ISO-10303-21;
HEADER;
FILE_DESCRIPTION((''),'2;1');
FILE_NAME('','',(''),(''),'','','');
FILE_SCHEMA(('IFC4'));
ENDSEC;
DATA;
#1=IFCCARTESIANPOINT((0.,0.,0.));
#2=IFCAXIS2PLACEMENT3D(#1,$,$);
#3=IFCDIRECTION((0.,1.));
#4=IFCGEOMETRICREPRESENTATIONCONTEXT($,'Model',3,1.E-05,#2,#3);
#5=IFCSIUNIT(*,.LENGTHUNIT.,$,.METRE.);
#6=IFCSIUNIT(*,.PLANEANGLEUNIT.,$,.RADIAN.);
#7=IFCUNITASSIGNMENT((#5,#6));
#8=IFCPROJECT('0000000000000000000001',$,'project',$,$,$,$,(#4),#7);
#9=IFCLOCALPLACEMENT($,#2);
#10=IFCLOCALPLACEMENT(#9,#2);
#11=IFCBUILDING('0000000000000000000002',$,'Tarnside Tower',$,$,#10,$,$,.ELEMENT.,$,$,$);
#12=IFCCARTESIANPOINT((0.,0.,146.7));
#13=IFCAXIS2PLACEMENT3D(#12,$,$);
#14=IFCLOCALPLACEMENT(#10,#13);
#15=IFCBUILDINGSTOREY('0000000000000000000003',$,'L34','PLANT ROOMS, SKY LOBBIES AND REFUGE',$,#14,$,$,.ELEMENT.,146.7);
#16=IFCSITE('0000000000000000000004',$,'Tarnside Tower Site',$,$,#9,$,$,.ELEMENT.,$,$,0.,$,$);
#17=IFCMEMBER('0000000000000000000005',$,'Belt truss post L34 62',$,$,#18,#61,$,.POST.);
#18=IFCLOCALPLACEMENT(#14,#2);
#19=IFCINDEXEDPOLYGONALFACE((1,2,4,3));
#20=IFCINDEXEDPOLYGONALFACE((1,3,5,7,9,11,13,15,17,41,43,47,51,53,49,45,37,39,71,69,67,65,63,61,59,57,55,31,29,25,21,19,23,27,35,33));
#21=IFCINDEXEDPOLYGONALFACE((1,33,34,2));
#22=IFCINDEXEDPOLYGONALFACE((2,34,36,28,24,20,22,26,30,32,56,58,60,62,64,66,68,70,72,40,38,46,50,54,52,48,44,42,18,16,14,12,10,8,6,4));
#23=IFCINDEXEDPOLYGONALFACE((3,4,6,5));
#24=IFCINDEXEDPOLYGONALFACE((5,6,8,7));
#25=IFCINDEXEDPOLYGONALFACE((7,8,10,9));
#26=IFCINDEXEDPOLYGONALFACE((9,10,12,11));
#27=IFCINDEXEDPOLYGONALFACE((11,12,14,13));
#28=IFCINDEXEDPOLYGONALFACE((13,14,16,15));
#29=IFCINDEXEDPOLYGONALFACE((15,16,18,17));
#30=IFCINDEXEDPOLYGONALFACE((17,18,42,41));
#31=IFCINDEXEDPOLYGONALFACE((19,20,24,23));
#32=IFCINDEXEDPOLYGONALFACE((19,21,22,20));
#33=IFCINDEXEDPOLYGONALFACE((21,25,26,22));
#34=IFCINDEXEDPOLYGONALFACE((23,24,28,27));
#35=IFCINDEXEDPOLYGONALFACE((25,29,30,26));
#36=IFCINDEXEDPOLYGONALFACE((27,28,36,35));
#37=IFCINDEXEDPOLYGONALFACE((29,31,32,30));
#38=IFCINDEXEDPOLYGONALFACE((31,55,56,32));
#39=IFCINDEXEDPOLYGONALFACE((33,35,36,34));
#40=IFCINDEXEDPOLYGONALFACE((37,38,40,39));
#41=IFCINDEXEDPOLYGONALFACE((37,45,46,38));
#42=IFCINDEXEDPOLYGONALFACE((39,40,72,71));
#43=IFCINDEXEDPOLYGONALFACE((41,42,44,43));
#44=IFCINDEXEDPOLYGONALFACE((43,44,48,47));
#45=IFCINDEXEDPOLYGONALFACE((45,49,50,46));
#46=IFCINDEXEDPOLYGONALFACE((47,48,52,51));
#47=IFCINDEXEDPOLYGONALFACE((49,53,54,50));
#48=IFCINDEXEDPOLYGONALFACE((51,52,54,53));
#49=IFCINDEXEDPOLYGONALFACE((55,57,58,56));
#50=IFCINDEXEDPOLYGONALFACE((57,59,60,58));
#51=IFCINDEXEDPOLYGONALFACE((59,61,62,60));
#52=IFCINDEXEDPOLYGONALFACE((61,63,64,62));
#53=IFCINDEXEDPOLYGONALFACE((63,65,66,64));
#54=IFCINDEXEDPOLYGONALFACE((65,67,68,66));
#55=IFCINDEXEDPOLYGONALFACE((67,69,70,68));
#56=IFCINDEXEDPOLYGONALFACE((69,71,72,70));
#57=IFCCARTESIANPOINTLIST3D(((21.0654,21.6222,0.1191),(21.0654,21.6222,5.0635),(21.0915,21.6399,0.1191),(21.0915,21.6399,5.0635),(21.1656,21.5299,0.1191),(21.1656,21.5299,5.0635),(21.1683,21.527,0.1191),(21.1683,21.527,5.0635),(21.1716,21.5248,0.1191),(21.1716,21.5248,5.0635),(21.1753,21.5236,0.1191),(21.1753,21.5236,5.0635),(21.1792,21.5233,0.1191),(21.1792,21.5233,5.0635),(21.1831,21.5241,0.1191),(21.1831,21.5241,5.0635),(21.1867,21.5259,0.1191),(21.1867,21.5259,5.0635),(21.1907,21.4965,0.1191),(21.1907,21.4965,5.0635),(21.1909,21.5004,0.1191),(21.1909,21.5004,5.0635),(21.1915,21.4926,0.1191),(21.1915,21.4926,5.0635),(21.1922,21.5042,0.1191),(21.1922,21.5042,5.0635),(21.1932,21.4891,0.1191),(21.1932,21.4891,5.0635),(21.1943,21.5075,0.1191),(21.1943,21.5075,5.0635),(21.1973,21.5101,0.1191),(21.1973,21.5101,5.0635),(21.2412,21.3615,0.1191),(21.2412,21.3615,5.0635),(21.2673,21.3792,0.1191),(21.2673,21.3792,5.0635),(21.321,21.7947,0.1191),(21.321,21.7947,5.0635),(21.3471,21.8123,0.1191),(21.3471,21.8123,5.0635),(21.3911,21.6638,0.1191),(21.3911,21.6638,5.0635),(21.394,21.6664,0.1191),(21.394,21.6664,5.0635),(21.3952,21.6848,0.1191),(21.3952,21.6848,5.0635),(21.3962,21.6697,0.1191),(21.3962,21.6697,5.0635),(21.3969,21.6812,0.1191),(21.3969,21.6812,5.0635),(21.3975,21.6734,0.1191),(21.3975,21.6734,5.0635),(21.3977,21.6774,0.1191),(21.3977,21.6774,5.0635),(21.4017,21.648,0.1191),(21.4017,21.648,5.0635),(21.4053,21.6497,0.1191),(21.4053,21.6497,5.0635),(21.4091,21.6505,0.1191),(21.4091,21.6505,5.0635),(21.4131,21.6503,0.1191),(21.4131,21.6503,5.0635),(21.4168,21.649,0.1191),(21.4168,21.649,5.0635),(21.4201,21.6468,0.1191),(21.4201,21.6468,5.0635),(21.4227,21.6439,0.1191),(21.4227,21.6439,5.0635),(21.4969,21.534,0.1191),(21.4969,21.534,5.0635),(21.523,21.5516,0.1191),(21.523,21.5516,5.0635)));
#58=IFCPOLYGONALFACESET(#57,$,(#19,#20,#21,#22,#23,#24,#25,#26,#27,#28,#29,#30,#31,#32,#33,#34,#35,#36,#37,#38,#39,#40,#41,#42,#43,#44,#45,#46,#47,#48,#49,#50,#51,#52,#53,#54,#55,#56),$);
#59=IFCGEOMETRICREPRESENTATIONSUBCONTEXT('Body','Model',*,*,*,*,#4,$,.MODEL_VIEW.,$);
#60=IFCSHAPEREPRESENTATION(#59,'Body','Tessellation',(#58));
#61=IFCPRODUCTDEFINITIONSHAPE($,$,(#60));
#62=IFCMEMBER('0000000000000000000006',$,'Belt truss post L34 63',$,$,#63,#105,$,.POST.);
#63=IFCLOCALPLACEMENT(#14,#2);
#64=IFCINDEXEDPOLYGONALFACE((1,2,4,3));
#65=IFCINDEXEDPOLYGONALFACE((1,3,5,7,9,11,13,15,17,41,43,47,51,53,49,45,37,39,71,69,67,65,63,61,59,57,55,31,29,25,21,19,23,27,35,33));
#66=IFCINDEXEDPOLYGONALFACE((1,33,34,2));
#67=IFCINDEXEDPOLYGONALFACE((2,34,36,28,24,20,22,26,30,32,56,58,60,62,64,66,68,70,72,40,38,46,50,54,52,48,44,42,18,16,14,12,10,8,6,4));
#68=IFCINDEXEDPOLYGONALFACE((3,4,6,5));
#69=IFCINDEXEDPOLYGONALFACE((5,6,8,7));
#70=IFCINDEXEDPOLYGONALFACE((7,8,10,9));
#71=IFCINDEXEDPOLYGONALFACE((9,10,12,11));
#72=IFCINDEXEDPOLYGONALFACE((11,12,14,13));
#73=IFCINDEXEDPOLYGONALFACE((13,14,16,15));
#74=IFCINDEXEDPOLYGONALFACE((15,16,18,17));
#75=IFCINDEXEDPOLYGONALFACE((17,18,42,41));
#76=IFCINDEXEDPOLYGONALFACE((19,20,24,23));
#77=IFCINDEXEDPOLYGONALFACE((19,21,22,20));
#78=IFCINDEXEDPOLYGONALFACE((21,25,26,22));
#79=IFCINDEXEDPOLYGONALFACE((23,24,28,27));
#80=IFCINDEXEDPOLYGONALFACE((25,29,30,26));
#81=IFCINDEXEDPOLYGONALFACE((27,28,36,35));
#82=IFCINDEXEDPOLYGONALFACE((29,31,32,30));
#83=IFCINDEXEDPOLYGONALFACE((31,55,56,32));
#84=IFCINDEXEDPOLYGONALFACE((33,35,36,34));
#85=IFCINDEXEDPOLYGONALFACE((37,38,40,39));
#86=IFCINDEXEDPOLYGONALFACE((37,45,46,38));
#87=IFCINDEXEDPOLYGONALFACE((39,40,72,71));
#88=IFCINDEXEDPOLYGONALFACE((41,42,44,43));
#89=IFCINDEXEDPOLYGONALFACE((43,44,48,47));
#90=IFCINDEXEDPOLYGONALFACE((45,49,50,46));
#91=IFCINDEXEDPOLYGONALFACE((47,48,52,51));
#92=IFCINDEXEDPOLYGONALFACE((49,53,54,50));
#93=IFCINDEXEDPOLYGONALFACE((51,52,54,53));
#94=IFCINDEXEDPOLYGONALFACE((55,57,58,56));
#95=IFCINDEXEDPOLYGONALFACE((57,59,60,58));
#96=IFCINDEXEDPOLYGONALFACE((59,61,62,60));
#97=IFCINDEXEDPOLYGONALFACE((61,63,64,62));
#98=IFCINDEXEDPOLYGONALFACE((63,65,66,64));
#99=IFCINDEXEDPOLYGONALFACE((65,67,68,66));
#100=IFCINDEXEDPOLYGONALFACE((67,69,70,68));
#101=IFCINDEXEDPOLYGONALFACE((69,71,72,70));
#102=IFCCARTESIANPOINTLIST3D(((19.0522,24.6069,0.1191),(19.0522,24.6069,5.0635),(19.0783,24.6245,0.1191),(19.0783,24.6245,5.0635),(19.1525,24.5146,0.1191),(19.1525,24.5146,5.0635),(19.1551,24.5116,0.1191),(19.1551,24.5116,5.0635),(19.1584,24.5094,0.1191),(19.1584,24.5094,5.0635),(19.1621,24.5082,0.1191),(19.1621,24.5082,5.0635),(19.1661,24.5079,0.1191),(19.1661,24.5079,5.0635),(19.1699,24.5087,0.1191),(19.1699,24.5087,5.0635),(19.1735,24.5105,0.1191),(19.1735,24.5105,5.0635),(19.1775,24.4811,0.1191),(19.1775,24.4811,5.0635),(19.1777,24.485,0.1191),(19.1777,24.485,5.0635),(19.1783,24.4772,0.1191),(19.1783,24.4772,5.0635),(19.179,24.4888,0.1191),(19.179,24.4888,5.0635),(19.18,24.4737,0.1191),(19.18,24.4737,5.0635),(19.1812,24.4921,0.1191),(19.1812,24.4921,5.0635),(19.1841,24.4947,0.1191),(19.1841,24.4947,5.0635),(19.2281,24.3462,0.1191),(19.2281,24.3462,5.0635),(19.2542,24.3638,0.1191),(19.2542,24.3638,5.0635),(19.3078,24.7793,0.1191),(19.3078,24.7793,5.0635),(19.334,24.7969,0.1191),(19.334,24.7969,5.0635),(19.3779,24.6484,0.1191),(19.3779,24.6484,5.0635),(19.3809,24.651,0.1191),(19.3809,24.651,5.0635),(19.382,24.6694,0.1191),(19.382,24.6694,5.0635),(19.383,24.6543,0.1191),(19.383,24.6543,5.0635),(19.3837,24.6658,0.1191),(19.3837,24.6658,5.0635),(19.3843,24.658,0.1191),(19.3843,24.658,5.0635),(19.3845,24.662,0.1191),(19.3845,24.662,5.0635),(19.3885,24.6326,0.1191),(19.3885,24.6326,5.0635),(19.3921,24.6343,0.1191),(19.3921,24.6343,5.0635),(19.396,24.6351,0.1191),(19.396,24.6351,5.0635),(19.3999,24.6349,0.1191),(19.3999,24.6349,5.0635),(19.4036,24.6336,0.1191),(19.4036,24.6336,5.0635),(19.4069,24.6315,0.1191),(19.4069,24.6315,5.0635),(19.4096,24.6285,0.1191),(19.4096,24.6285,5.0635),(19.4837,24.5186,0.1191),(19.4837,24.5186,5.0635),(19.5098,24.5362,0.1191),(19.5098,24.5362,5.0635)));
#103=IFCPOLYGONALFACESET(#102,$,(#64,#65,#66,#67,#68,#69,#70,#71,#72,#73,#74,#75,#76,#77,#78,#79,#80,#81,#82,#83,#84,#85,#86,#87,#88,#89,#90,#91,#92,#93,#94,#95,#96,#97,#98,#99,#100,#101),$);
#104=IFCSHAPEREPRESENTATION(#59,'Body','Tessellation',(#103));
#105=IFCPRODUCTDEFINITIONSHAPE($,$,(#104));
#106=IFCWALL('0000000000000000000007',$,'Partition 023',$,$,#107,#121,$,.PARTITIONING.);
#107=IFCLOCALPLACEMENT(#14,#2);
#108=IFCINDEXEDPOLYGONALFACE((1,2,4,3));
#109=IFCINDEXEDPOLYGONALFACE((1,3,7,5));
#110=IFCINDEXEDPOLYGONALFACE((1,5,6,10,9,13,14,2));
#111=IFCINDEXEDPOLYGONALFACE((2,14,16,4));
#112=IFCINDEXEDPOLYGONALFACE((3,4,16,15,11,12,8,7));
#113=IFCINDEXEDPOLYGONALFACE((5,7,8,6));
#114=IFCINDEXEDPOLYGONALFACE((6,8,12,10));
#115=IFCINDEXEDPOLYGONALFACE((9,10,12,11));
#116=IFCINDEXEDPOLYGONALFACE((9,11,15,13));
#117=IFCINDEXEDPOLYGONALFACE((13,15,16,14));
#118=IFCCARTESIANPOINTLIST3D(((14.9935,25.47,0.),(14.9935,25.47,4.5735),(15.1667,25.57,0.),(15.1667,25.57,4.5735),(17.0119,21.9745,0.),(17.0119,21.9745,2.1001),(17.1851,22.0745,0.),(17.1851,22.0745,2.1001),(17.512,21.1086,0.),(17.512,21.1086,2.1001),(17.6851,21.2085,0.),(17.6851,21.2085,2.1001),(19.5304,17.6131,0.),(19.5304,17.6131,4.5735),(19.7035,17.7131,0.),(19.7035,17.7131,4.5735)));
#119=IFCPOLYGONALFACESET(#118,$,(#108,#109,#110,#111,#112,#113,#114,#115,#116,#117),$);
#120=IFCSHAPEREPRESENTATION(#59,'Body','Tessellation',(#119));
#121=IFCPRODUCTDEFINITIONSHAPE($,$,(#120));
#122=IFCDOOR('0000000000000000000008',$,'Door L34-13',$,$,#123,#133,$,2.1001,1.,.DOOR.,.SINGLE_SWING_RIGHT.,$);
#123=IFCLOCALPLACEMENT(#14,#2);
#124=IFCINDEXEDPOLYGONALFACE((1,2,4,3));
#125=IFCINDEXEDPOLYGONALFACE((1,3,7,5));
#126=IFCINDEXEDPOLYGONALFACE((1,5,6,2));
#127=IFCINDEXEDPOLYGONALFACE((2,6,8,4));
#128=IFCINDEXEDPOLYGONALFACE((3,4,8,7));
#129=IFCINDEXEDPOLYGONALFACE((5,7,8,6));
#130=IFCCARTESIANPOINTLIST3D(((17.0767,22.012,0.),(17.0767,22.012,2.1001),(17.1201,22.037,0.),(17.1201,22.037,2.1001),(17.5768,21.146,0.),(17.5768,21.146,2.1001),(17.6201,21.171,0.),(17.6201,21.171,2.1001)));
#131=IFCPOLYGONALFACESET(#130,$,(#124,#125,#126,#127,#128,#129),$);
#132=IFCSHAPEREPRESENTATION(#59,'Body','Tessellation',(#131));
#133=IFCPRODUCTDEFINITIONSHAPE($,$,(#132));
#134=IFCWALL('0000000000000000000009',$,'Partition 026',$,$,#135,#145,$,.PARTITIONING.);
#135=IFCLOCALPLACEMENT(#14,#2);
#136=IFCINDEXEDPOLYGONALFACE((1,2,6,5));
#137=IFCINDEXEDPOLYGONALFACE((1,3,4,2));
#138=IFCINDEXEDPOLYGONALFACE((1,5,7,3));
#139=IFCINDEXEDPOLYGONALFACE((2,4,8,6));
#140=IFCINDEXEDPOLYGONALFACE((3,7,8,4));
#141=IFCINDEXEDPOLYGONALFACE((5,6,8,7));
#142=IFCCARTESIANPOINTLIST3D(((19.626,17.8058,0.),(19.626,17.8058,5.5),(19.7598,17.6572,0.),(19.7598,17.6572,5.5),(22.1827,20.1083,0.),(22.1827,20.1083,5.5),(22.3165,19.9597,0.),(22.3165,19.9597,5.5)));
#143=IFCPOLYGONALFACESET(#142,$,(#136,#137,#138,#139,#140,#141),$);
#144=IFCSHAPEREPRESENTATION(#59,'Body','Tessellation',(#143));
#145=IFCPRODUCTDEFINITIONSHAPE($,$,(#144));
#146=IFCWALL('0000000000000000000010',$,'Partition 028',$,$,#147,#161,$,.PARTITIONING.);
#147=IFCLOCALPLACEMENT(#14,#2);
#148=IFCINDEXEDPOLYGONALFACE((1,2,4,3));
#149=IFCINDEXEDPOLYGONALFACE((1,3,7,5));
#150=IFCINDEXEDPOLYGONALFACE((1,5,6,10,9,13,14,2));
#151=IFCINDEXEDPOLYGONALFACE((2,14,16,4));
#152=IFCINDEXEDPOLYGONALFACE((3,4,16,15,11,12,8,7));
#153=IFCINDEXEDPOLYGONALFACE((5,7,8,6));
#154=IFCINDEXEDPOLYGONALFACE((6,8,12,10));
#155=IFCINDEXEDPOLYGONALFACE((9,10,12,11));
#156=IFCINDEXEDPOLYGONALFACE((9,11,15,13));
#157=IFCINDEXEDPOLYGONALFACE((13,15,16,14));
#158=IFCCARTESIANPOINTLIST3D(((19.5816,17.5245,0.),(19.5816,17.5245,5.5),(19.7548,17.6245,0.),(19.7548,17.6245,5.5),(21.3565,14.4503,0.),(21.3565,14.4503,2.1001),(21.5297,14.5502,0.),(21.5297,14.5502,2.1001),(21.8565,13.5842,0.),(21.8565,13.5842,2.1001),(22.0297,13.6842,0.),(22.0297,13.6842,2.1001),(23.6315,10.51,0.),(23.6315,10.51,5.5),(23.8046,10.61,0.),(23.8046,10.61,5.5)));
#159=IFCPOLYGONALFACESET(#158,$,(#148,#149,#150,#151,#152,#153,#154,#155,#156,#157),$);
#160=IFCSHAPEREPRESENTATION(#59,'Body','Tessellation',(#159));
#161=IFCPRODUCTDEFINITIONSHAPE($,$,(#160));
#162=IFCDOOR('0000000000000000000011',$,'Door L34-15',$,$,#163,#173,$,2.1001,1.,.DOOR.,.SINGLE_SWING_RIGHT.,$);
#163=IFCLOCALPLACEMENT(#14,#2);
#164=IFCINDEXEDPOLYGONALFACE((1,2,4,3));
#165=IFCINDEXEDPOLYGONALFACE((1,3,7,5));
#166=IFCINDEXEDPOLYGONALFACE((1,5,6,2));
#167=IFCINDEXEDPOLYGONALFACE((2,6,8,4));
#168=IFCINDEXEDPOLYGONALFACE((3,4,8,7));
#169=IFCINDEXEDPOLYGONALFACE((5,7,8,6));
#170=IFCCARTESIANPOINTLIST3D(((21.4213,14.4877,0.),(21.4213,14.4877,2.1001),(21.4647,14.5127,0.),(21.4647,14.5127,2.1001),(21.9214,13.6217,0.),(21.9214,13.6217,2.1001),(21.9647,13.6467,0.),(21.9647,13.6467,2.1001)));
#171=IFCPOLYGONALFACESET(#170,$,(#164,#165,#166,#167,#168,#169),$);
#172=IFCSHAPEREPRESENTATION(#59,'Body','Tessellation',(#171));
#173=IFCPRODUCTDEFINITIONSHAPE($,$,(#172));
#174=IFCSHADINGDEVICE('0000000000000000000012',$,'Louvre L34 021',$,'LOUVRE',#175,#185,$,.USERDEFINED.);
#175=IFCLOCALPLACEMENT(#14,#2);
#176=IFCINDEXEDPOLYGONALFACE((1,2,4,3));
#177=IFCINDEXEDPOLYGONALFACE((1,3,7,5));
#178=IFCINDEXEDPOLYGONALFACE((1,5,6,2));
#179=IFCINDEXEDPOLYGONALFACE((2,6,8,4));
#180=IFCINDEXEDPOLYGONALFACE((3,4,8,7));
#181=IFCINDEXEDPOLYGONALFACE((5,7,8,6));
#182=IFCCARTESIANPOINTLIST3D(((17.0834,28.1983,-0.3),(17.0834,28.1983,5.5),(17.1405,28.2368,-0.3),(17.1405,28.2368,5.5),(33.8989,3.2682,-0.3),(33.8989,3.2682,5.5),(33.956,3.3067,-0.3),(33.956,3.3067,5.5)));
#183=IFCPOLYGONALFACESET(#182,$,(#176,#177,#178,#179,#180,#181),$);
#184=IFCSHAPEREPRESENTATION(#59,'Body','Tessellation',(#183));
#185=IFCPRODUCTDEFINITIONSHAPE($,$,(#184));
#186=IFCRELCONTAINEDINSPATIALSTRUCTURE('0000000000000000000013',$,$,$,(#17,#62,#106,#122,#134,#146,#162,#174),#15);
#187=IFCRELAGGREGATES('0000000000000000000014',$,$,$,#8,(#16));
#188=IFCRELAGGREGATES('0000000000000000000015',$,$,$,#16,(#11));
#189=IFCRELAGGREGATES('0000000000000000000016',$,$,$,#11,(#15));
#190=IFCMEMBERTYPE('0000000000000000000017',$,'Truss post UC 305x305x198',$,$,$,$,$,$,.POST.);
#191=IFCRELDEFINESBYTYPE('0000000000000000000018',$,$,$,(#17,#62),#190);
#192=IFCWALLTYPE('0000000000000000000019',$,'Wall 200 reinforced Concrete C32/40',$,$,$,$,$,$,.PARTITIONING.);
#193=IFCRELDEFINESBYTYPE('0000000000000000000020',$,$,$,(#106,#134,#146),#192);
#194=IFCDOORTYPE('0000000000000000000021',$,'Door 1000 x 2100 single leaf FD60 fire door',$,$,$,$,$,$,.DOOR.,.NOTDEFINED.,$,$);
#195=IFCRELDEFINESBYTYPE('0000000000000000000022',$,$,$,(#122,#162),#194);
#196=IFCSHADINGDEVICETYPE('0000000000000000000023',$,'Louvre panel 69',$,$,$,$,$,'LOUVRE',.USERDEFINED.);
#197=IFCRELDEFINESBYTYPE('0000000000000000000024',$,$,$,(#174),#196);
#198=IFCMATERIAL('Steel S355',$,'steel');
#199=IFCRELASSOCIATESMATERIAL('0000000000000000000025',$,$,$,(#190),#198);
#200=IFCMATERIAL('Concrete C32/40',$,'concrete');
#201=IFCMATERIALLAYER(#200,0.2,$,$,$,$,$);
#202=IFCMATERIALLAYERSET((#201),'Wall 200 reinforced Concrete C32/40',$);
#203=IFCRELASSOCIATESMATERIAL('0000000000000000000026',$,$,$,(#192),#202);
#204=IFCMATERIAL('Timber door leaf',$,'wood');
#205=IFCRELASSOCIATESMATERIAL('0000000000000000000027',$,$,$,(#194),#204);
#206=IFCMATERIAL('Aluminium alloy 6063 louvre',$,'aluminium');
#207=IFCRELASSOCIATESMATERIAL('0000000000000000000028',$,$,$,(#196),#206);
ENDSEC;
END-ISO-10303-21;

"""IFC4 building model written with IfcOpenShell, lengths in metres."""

from ifc_helpers import new_model, si_unit, direction, frame, frame_2d, origin, origin_2d, place, context, subcontext, project, spatial, polyline, rectangle, i_section, outline, extrude, material, layer, layer_set, material_profile, profile_set, type_object, element, fill, save


model = new_model("IFC4")

# Units and contexts
model_context = context("Model", 3, precision=1e-05, world=origin(), true_north=direction((0.0, 1.0)))
body_context = subcontext(model_context, "Body", "Model", "MODEL_VIEW")
ifc_project = project(units=[si_unit("LENGTHUNIT", "METRE"), si_unit("PLANEANGLEUNIT", "RADIAN")], contexts=[model_context])

# Site, building, storey
site_placement = place(None, origin())
site = spatial("IfcSite", under=ifc_project, at=site_placement, Name="Tarnside Tower Site", CompositionType="ELEMENT", RefElevation=0.0)
building_placement = place(site_placement, origin())
building = spatial("IfcBuilding", under=site, at=building_placement, Name="Tarnside Tower", CompositionType="ELEMENT")
storey_placement = place(building_placement, frame((0.0, 0.0, 146.7)))
storey = spatial("IfcBuildingStorey", under=building, at=storey_placement, Name="L34", Description="PLANT ROOMS, SKY LOBBIES AND REFUGE", CompositionType="ELEMENT", Elevation=146.7)

# Shared definitions
ifc_material_1 = material(Name="Steel S355", Category="steel")

# Members
ifc_material_profile_1 = material_profile(ifc_material_1, i_section(OverallWidth=0.3145, OverallDepth=0.3398, WebThickness=0.019, FlangeThickness=0.0315, FilletRadius=0.0151, at=origin_2d()), Name="UC 305x305x198")
ifc_profile_set_1 = profile_set([ifc_material_profile_1], Name="Steel S355")
member_type_1 = type_object("IfcMemberType", Name="Truss post UC 305x305x198", PredefinedType="POST", material=ifc_profile_set_1)
for number, where, z_axis, x_axis, name in (
    (1, (21.2942, 21.5869, 0.1191), (0.0, 0.0, 1.0), (-0.559193, 0.829038, 0.0), "Belt truss post L34 62"),
    (2, (19.281, 24.5715, 0.1191), (0.0, 0.0, 1.0), (-0.559193, 0.829038, 0.0), "Belt truss post L34 63"),
):
    element("IfcMember", number, at=place(storey_placement, frame(where, z_axis=z_axis, x_axis=x_axis)), inside=storey, type_object=member_type_1, Name=name, PredefinedType="POST", context=body_context, shape_type="SweptSolid", body=[
        extrude(i_section(OverallWidth=0.3145, OverallDepth=0.3398, WebThickness=0.019, FlangeThickness=0.0315, FilletRadius=0.0151, at=origin_2d()), origin(), (0.0, 0.0, 1.0), 4.9443),
    ])

# Wall, opening, door
ifc_material_2 = material(Name="Concrete C32/40", Category="concrete")
ifc_layer_1 = layer(ifc_material_2, 0.2)
ifc_layer_set_1 = layer_set([ifc_layer_1], Name="Wall 200 reinforced Concrete C32/40")
wall_type = type_object("IfcWallType", Name="Wall 200 reinforced Concrete C32/40", PredefinedType="PARTITIONING", material=ifc_layer_set_1)
wall_1_placement = place(storey_placement, frame((15.0801, 25.52, 0.0), z_axis=(0.0, 0.0, 1.0), x_axis=(0.500055, -0.865994, 0.0)))
wall_1 = element("IfcWall", 3, at=wall_1_placement, inside=storey, type_object=wall_type, Name="Partition 023", PredefinedType="PARTITIONING", context=body_context, shape_type="SweptSolid", body=[
    extrude(rectangle(XDim=9.0728, YDim=0.2, at=frame_2d((4.5364, 0.0))), origin(), (0.0, 0.0, 1.0), 4.5735),
])
opening_1_placement = place(wall_1_placement, frame((4.0364, 0.0, 0.0)))
opening_1 = element("IfcOpeningElement", 4, at=opening_1_placement, cuts=wall_1, PredefinedType="OPENING", context=body_context, shape_type="SweptSolid", body=[
    extrude(rectangle(XDim=1.0, YDim=2.1001, at=frame_2d((0.5, 1.05))), frame((0.0, 0.1099, 0.0), z_axis=(0.0, -1.0, 0.0), x_axis=(1.0, 0.0, 0.0)), (0.0, 0.0, 1.0), 0.22),
])
ifc_material_3 = material(Name="Timber door leaf", Category="wood")
door_type = type_object("IfcDoorType", Name="Door 1000 x 2100 single leaf FD60 fire door", OperationType="NOTDEFINED", PredefinedType="DOOR", material=ifc_material_3)
door_1_placement = place(opening_1_placement, origin())
door_1 = element("IfcDoor", 5, at=door_1_placement, inside=storey, type_object=door_type, Name="Door L34-13", OperationType="SINGLE_SWING_RIGHT", OverallHeight=2.1001, OverallWidth=1.0, PredefinedType="DOOR", context=body_context, shape_type="SweptSolid", body=[
    extrude(rectangle(XDim=1.0, YDim=2.1001, at=frame_2d((0.5, 1.05))), frame((0.0, 0.0249, 0.0), z_axis=(0.0, -1.0, 0.0), x_axis=(1.0, 0.0, 0.0)), (0.0, 0.0, 1.0), 0.05),
])
fill(opening_1, door_1)

# Wall
wall_2_placement = place(storey_placement, frame((22.2495, 20.0339, 0.0), z_axis=(0.0, 0.0, 1.0), x_axis=(-0.743075, -0.669208, 0.0)))
element("IfcWall", 6, at=wall_2_placement, inside=storey, type_object=wall_type, Name="Partition 026", PredefinedType="PARTITIONING", context=body_context, shape_type="SweptSolid", body=[
    extrude(rectangle(XDim=3.4407, YDim=0.2, at=frame_2d((1.7202, 0.0))), origin(), (0.0, 0.0, 1.0), 5.5),
])

# Wall, opening, door
wall_3_placement = place(storey_placement, frame((19.6682, 17.5745, 0.0), z_axis=(0.0, 0.0, 1.0), x_axis=(0.500003, -0.866023, 0.0)))
wall_3 = element("IfcWall", 7, at=wall_3_placement, inside=storey, type_object=wall_type, Name="Partition 028", PredefinedType="PARTITIONING", context=body_context, shape_type="SweptSolid", body=[
    extrude(rectangle(XDim=8.0996, YDim=0.2, at=frame_2d((4.0498, 0.0))), origin(), (0.0, 0.0, 1.0), 5.5),
])
opening_2_placement = place(wall_3_placement, frame((3.5498, 0.0, 0.0)))
opening_2 = element("IfcOpeningElement", 8, at=opening_2_placement, cuts=wall_3, PredefinedType="OPENING", context=body_context, shape_type="SweptSolid", body=[
    extrude(rectangle(XDim=1.0, YDim=2.1001, at=frame_2d((0.5, 1.05))), frame((0.0, 0.1099, 0.0), z_axis=(0.0, -1.0, 0.0), x_axis=(1.0, 0.0, 0.0)), (0.0, 0.0, 1.0), 0.22),
])
door_2_placement = place(opening_2_placement, origin())
door_2 = element("IfcDoor", 9, at=door_2_placement, inside=storey, type_object=door_type, Name="Door L34-15", OperationType="SINGLE_SWING_RIGHT", OverallHeight=2.1001, OverallWidth=1.0, PredefinedType="DOOR", context=body_context, shape_type="SweptSolid", body=[
    extrude(rectangle(XDim=1.0, YDim=2.1001, at=frame_2d((0.5, 1.05))), frame((0.0, 0.0249, 0.0), z_axis=(0.0, -1.0, 0.0), x_axis=(1.0, 0.0, 0.0)), (0.0, 0.0, 1.0), 0.05),
])
fill(opening_2, door_2)

# Shading device
ifc_material_4 = material(Name="Aluminium alloy 6063 louvre", Category="aluminium")
shading_device_type_1 = type_object("IfcShadingDeviceType", Name="Louvre panel 69", ElementType="LOUVRE", PredefinedType="USERDEFINED", material=ifc_material_4)
shading_device_placement = place(storey_placement, frame((25.4912, 15.7332, -0.3), z_axis=(0.559193, -0.829038, 0.0), x_axis=(0.829038, 0.559193, 0.0)))
element("IfcShadingDevice", 10, at=shading_device_placement, inside=storey, type_object=shading_device_type_1, Name="Louvre L34 021", ObjectType="LOUVRE", PredefinedType="USERDEFINED", context=body_context, shape_type="SweptSolid", body=[
    extrude(outline(polyline([(0.0, 0.0), (0.0688, 0.0), (0.0688, 5.8), (0.0, 5.8), (0.0, 0.0)])), frame((0.0, 0.0, -15.0356)), (0.0, 0.0, 1.0), 30.071),
])

save(model, "model.ifc")
